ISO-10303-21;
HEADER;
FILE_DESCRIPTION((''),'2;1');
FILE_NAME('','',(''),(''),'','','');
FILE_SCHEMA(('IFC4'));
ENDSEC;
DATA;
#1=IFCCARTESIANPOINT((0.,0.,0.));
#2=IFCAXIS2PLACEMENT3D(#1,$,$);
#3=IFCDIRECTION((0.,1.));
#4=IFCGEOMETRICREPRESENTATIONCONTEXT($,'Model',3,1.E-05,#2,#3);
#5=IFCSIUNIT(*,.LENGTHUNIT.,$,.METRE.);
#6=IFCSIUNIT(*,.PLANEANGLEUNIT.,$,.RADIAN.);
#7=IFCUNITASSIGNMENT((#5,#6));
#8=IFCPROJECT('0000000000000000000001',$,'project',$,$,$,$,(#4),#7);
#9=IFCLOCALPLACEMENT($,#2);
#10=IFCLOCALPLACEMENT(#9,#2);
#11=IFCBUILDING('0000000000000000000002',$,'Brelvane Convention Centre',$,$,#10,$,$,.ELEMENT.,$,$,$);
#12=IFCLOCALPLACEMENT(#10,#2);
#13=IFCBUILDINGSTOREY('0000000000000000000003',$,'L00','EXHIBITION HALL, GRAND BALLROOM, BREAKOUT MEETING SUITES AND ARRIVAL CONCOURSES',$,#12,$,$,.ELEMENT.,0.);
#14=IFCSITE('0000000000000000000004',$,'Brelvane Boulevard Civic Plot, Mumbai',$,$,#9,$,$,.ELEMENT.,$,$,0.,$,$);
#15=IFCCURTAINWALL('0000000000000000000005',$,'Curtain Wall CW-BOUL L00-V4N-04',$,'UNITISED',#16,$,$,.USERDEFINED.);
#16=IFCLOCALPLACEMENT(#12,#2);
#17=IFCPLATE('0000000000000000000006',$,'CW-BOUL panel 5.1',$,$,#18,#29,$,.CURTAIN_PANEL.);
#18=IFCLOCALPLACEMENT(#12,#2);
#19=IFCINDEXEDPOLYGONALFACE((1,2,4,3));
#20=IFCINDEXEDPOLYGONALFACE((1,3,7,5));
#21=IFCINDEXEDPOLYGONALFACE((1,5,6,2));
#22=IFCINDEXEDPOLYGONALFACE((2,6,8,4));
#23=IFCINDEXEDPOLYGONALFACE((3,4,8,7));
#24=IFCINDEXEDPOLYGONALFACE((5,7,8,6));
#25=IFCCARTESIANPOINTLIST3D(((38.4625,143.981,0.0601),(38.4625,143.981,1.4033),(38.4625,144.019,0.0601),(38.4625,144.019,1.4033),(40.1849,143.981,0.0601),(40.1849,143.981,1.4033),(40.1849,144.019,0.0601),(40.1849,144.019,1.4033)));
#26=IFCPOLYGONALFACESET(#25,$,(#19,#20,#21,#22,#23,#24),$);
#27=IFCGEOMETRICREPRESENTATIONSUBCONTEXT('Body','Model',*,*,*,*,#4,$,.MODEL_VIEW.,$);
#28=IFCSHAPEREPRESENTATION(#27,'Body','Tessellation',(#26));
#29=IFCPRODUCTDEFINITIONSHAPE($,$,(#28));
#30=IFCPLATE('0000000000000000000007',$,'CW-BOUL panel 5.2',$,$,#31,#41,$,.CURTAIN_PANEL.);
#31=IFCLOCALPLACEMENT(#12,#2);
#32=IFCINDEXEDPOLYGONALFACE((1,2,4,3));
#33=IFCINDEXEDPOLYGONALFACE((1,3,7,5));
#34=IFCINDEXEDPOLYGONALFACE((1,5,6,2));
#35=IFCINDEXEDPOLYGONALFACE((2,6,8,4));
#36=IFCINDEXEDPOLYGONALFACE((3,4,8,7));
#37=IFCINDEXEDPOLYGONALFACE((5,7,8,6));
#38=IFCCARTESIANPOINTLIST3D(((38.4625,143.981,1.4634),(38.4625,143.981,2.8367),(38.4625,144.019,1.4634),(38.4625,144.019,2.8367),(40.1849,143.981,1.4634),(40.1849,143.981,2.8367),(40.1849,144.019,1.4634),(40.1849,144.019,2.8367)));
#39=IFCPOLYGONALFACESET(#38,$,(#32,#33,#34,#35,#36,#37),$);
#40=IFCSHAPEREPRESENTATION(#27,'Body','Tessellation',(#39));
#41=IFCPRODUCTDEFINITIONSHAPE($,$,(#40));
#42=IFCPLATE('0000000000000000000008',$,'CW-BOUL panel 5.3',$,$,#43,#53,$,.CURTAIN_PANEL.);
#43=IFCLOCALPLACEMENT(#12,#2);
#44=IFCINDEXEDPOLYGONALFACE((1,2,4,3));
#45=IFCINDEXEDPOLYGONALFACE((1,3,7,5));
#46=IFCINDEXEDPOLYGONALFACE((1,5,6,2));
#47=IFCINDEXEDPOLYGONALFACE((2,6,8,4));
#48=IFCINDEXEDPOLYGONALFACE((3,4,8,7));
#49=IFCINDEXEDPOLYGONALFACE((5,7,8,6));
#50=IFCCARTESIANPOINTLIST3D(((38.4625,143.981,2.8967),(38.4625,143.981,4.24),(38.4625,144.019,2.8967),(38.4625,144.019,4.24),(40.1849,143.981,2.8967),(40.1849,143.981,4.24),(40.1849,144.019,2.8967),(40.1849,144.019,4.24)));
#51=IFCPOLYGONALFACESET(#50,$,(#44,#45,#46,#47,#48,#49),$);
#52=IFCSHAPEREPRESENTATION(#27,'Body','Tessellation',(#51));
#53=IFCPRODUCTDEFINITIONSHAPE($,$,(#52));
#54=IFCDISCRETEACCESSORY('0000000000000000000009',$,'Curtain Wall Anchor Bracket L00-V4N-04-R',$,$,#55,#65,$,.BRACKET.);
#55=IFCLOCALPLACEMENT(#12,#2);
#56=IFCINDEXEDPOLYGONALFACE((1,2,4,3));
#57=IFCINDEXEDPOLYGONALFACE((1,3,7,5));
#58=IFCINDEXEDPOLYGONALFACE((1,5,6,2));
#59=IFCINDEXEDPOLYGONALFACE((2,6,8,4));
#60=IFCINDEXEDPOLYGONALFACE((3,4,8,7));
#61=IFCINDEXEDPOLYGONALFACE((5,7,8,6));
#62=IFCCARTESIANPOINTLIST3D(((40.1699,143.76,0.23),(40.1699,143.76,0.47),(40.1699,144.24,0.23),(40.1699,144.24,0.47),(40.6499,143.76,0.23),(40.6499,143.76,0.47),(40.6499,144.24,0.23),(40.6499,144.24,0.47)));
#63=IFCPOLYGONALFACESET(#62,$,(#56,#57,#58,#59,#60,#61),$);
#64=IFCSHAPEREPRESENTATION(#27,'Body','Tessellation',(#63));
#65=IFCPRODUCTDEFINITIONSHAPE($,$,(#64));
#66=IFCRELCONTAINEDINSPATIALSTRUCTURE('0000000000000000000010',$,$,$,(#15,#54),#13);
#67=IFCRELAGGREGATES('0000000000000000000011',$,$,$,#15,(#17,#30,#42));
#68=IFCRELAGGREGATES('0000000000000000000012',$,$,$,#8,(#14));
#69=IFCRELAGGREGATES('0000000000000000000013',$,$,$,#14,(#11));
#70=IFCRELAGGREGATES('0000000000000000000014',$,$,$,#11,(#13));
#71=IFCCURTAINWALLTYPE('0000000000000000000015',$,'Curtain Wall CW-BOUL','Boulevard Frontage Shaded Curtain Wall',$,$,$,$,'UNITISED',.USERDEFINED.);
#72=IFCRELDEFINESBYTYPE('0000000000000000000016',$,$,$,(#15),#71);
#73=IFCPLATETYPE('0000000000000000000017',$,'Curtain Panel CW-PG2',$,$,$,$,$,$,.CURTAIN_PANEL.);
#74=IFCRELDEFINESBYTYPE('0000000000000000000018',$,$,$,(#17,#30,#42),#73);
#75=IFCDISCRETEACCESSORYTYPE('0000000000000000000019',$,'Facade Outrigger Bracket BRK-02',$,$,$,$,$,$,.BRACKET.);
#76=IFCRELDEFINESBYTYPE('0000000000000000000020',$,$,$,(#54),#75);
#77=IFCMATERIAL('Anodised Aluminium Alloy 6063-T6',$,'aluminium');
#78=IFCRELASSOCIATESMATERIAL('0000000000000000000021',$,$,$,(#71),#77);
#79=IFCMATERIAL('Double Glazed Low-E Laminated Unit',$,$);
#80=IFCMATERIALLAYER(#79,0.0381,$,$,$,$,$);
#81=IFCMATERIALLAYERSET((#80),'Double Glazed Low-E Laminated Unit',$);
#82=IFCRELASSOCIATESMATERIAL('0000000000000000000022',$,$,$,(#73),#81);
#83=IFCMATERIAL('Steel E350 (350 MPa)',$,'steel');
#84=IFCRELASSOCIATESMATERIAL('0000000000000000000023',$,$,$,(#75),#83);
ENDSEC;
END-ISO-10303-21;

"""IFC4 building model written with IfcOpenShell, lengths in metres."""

from ifc_helpers import new_model, si_unit, direction, frame, origin, origin_2d, place, context, subcontext, project, spatial, rectangle, extrude, material, layer, layer_set, type_object, element, aggregate, save


model = new_model("IFC4")

# Units and contexts
model_context = context("Model", 3, precision=1e-05, world=origin(), true_north=direction((0.0, 1.0)))
body_context = subcontext(model_context, "Body", "Model", "MODEL_VIEW")
ifc_project = project(units=[si_unit("LENGTHUNIT", "METRE"), si_unit("PLANEANGLEUNIT", "RADIAN")], contexts=[model_context])

# Site, building, storey
site_placement = place(None, origin())
site = spatial("IfcSite", under=ifc_project, at=site_placement, Name="Brelvane Boulevard Civic Plot, Mumbai", CompositionType="ELEMENT", RefElevation=0.0)
building_placement = place(site_placement, origin())
building = spatial("IfcBuilding", under=site, at=building_placement, Name="Brelvane Convention Centre", CompositionType="ELEMENT")
storey_placement = place(building_placement, origin())
storey = spatial("IfcBuildingStorey", under=building, at=storey_placement, Name="L00", Description="EXHIBITION HALL, GRAND BALLROOM, BREAKOUT MEETING SUITES AND ARRIVAL CONCOURSES", CompositionType="ELEMENT", Elevation=0.0)

# Curtain wall
ifc_material_1 = material(Name="Anodised Aluminium Alloy 6063-T6", Category="aluminium")
curtain_wall_type = type_object("IfcCurtainWallType", Name="Curtain Wall CW-BOUL", Description="Boulevard Frontage Shaded Curtain Wall", ElementType="UNITISED", PredefinedType="USERDEFINED", material=ifc_material_1)
curtain_wall_placement = place(storey_placement, origin())
curtain_wall = element("IfcCurtainWall", 1, at=curtain_wall_placement, inside=storey, type_object=curtain_wall_type, Name="Curtain Wall CW-BOUL L00-V4N-04", ObjectType="UNITISED", PredefinedType="USERDEFINED")

# Plates
ifc_material_2 = material(Name="Double Glazed Low-E Laminated Unit")
ifc_layer_1 = layer(ifc_material_2, 0.0381)
ifc_layer_set_1 = layer_set([ifc_layer_1], Name="Double Glazed Low-E Laminated Unit")
plate_type = type_object("IfcPlateType", Name="Curtain Panel CW-PG2", PredefinedType="CURTAIN_PANEL", material=ifc_layer_set_1)
plate_1_placement = place(storey_placement, frame((39.3237, 144.0, 0.0601), z_axis=(0.0, 0.0, 1.0), x_axis=(1.0, 0.0, 0.0)))
plate_1 = element("IfcPlate", 2, at=plate_1_placement, type_object=plate_type, Name="CW-BOUL panel 5.1", PredefinedType="CURTAIN_PANEL", context=body_context, shape_type="SweptSolid", body=[
    extrude(rectangle(XDim=1.7224, YDim=0.0381, at=origin_2d()), origin(), (0.0, 0.0, 1.0), 1.3433),
])
plate_2_placement = place(storey_placement, frame((39.3237, 144.0, 1.4634), z_axis=(0.0, 0.0, 1.0), x_axis=(1.0, 0.0, 0.0)))
plate_2 = element("IfcPlate", 3, at=plate_2_placement, type_object=plate_type, Name="CW-BOUL panel 5.2", PredefinedType="CURTAIN_PANEL", context=body_context, shape_type="SweptSolid", body=[
    extrude(rectangle(XDim=1.7224, YDim=0.0381, at=origin_2d()), origin(), (0.0, 0.0, 1.0), 1.3733),
])
plate_3_placement = place(storey_placement, frame((39.3237, 144.0, 2.8967), z_axis=(0.0, 0.0, 1.0), x_axis=(1.0, 0.0, 0.0)))
plate_3 = element("IfcPlate", 4, at=plate_3_placement, type_object=plate_type, Name="CW-BOUL panel 5.3", PredefinedType="CURTAIN_PANEL", context=body_context, shape_type="SweptSolid", body=[
    extrude(rectangle(XDim=1.7224, YDim=0.0381, at=origin_2d()), origin(), (0.0, 0.0, 1.0), 1.3433),
])
aggregate(curtain_wall, [plate_1, plate_2, plate_3])

# Discrete accessory
ifc_material_3 = material(Name="Steel E350 (350 MPa)", Category="steel")
discrete_accessory_type = type_object("IfcDiscreteAccessoryType", Name="Facade Outrigger Bracket BRK-02", PredefinedType="BRACKET", material=ifc_material_3)
discrete_accessory_placement = place(storey_placement, frame((40.4099, 144.0, 0.23), z_axis=(0.0, 0.0, 1.0), x_axis=(1.0, 0.0, 0.0)))
element("IfcDiscreteAccessory", 5, at=discrete_accessory_placement, inside=storey, type_object=discrete_accessory_type, Name="Curtain Wall Anchor Bracket L00-V4N-04-R", PredefinedType="BRACKET", context=body_context, shape_type="SweptSolid", body=[
    extrude(rectangle(XDim=0.48, YDim=0.48, at=origin_2d()), origin(), (0.0, 0.0, 1.0), 0.24),
])

save(model, "model.ifc")
